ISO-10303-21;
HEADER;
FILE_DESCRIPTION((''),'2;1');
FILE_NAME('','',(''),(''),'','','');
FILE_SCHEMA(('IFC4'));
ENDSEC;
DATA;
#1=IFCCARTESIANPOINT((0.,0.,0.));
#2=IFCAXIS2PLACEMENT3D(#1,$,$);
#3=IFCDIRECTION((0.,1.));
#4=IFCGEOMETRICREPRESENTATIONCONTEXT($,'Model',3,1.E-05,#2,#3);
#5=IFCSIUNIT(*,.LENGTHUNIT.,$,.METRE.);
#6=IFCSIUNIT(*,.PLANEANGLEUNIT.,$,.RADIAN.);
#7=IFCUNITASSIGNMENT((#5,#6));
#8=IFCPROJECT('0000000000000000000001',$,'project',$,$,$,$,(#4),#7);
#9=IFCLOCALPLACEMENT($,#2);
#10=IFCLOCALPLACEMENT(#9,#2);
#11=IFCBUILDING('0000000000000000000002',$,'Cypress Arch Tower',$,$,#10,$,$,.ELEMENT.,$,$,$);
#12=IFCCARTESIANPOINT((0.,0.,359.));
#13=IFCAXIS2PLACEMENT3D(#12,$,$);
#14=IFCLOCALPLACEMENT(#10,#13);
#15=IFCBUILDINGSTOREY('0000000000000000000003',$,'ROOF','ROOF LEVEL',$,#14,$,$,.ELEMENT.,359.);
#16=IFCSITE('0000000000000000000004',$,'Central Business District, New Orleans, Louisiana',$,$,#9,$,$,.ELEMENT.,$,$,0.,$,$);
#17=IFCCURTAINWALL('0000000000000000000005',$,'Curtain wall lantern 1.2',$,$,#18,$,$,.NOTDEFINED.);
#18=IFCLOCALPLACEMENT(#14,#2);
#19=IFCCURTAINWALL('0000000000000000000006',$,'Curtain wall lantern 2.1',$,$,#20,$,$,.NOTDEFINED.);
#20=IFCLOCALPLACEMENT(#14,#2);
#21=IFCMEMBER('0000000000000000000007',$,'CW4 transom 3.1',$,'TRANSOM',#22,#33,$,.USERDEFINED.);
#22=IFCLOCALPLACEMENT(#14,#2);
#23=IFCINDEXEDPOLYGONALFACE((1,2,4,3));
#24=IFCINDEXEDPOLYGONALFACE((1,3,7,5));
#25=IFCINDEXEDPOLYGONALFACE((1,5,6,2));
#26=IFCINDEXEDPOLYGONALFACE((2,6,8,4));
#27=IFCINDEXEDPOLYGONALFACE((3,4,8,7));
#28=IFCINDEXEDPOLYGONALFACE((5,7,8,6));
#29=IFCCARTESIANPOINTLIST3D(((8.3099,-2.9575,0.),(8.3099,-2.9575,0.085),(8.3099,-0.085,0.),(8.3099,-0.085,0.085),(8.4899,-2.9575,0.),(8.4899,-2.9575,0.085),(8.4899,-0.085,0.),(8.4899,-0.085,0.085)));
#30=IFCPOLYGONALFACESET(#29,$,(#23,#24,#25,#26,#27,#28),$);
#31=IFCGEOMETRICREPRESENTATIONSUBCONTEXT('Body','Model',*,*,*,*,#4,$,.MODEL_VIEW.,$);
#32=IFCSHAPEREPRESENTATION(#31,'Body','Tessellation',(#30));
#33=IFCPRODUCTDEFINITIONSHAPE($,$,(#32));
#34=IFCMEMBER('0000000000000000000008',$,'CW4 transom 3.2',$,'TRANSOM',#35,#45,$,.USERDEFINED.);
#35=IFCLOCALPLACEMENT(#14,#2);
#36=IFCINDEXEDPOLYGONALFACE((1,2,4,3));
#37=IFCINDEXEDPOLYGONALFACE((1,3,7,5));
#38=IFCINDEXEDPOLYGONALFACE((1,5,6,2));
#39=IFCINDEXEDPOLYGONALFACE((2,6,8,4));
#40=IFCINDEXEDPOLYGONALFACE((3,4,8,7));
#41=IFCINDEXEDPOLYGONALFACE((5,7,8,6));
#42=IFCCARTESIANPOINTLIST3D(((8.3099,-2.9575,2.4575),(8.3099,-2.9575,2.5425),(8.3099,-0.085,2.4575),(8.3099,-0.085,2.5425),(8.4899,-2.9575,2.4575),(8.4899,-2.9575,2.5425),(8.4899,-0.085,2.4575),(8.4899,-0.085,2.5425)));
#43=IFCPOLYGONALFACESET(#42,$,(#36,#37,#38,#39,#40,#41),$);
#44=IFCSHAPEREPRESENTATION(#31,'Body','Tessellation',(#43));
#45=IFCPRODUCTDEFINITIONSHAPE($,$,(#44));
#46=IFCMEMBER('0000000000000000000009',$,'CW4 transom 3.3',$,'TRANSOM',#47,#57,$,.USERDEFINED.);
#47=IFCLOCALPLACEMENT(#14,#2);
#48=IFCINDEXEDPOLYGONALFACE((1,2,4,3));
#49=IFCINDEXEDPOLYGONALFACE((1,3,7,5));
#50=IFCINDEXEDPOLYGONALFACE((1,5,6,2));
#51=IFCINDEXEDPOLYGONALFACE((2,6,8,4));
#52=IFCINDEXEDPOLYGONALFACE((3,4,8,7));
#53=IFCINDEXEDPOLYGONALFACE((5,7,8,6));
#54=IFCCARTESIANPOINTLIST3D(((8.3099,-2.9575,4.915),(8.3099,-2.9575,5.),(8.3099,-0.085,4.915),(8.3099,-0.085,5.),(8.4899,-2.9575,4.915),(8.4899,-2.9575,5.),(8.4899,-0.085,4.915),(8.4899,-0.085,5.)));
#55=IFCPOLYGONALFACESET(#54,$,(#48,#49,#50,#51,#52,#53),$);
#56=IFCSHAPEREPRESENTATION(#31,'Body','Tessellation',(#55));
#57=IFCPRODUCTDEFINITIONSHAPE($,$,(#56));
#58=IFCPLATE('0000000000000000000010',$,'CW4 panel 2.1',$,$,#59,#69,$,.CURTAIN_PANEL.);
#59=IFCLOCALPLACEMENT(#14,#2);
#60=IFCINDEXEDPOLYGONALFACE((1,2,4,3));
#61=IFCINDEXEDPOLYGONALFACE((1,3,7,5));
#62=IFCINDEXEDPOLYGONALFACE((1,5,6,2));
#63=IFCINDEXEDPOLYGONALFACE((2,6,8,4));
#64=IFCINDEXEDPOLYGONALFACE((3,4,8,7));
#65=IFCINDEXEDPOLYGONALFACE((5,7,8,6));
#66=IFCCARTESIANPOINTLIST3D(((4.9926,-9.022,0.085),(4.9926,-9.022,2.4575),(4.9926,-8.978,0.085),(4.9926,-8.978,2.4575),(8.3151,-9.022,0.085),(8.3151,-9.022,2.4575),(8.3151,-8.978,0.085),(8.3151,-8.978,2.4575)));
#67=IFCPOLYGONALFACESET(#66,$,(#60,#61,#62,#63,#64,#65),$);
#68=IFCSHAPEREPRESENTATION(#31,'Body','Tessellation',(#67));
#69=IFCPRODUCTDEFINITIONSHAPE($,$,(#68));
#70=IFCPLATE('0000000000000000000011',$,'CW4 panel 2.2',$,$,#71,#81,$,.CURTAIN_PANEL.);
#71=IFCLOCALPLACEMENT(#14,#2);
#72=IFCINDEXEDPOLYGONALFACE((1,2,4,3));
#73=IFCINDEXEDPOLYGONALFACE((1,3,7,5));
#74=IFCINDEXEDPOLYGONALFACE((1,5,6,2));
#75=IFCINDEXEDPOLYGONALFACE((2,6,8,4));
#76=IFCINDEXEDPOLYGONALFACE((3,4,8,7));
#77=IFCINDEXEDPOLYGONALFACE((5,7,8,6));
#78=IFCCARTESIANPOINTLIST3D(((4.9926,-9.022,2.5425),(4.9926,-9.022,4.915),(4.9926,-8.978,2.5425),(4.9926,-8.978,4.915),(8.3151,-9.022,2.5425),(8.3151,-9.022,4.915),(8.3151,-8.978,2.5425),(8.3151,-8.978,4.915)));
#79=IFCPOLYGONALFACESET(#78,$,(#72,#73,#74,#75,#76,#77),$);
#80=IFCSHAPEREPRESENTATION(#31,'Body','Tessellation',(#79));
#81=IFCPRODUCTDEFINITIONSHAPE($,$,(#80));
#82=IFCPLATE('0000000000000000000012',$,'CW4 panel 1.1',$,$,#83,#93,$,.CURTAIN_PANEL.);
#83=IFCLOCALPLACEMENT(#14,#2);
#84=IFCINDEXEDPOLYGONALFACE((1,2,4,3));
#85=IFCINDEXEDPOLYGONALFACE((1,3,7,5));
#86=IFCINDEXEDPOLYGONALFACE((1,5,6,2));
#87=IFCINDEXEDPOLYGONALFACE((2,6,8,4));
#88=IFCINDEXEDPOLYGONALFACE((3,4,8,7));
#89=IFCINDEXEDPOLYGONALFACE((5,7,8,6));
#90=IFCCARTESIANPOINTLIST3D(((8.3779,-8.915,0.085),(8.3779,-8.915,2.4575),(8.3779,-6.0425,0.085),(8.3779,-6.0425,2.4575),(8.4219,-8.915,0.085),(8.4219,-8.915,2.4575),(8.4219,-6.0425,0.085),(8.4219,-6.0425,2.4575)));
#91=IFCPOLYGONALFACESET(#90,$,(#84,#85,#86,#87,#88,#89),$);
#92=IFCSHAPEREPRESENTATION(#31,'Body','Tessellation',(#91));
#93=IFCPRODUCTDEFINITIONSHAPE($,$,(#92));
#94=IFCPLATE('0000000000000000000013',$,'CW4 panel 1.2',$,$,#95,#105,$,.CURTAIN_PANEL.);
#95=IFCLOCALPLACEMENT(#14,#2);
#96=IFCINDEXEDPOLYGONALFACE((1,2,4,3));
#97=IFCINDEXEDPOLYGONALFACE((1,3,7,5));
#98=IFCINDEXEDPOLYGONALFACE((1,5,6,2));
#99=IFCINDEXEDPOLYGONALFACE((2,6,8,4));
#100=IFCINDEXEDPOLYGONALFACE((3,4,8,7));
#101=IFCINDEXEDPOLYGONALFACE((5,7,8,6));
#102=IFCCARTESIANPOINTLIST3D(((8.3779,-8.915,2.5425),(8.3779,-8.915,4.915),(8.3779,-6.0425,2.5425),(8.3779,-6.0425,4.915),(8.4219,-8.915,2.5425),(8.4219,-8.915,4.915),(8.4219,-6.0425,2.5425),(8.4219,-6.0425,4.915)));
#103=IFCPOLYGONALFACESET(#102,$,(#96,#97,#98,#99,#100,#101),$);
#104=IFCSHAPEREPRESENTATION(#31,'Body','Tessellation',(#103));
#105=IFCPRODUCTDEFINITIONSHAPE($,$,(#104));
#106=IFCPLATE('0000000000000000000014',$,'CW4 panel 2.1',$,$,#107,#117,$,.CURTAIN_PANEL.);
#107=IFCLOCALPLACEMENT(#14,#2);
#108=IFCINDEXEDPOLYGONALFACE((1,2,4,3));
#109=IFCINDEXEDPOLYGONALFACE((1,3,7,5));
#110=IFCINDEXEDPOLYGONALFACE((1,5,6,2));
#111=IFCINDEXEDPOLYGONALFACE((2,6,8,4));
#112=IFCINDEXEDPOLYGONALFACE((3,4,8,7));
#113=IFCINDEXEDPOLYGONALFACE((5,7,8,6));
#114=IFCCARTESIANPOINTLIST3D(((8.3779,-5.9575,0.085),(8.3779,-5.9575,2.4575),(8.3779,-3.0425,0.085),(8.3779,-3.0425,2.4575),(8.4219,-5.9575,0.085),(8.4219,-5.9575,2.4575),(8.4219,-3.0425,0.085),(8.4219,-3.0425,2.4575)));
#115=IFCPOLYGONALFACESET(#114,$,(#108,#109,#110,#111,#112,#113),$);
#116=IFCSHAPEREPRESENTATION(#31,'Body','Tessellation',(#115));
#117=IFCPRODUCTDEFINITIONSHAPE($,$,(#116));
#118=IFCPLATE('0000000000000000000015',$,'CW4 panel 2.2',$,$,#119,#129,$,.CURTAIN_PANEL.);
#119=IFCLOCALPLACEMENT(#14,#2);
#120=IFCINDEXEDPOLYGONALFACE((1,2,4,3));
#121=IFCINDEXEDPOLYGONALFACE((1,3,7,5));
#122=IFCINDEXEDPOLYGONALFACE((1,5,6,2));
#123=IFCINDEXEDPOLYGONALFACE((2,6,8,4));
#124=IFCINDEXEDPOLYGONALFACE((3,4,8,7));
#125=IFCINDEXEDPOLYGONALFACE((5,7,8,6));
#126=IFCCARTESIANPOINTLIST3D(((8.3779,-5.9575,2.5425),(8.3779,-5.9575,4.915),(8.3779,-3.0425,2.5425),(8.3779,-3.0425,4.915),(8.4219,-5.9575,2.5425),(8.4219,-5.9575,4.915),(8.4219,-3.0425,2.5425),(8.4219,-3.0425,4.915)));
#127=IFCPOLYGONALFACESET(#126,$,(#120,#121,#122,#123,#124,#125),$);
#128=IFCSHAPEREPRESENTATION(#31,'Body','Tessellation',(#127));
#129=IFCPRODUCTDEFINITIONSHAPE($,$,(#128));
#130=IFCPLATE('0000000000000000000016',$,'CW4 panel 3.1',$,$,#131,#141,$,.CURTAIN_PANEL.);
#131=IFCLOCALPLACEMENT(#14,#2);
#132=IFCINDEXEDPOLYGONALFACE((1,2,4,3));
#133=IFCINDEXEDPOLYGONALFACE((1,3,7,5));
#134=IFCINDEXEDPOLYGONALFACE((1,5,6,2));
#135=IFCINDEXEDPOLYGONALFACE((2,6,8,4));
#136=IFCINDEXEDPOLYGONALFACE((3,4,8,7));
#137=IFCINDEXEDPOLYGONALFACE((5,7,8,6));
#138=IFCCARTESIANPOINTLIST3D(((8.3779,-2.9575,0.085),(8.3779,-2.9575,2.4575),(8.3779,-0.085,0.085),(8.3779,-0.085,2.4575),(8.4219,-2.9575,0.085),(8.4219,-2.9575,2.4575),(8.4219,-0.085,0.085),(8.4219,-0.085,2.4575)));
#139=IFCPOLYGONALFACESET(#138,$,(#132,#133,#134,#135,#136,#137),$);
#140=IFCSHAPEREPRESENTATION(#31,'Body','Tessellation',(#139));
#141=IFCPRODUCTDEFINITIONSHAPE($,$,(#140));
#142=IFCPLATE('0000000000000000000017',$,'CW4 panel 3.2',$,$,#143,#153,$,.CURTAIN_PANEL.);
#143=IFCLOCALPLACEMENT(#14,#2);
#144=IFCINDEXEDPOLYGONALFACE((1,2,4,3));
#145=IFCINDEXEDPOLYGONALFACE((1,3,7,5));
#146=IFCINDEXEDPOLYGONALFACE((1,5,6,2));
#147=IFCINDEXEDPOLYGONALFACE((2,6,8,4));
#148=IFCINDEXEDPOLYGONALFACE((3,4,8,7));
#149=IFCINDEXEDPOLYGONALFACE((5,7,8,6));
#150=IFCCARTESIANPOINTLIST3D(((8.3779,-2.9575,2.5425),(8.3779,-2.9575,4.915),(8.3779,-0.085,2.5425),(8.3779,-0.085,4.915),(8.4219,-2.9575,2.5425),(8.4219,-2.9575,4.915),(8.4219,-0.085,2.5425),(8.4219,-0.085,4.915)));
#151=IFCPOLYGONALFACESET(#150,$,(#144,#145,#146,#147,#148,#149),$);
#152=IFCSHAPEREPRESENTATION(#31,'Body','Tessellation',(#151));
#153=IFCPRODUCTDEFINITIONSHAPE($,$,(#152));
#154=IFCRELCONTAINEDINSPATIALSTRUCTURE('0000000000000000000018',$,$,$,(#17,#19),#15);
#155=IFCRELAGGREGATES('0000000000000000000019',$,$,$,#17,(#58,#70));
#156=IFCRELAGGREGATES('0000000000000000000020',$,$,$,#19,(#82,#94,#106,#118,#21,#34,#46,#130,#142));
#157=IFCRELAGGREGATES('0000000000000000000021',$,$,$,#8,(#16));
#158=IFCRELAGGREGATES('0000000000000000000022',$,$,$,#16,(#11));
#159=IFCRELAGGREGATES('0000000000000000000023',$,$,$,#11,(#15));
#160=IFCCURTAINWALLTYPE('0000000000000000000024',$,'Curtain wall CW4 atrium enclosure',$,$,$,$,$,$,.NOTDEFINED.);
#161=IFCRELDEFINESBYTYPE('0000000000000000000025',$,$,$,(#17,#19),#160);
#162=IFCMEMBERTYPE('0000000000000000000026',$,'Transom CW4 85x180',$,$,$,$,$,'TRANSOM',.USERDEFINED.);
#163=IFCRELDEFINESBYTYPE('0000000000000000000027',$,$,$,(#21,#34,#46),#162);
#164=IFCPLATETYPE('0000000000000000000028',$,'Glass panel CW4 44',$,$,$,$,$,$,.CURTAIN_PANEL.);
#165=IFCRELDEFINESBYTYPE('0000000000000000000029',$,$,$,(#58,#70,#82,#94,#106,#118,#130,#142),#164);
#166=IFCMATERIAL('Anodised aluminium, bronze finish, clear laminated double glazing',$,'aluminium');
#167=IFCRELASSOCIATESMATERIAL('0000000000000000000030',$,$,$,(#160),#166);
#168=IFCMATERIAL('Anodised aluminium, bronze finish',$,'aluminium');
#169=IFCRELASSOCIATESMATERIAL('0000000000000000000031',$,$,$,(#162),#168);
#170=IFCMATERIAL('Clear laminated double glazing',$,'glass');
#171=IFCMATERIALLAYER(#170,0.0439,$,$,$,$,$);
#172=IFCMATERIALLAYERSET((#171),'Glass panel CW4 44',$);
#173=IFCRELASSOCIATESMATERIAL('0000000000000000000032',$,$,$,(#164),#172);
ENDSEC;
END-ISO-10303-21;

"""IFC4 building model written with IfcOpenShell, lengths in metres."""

from ifc_helpers import new_model, si_unit, direction, frame, origin, origin_2d, place, context, subcontext, project, spatial, rectangle, extrude, material, layer, layer_set, material_profile, profile_set, type_object, element, aggregate, save


model = new_model("IFC4")

# Units and contexts
model_context = context("Model", 3, precision=1e-05, world=origin(), true_north=direction((0.0, 1.0)))
body_context = subcontext(model_context, "Body", "Model", "MODEL_VIEW")
ifc_project = project(units=[si_unit("LENGTHUNIT", "METRE"), si_unit("PLANEANGLEUNIT", "RADIAN")], contexts=[model_context])

# Site, building, storey
site_placement = place(None, origin())
site = spatial("IfcSite", under=ifc_project, at=site_placement, Name="Central Business District, New Orleans, Louisiana", CompositionType="ELEMENT", RefElevation=0.0)
building_placement = place(site_placement, origin())
building = spatial("IfcBuilding", under=site, at=building_placement, Name="Cypress Arch Tower", CompositionType="ELEMENT")
storey_placement = place(building_placement, frame((0.0, 0.0, 359.0)))
storey = spatial("IfcBuildingStorey", under=building, at=storey_placement, Name="ROOF", Description="ROOF LEVEL", CompositionType="ELEMENT", Elevation=359.0)

# Curtain walls
ifc_material_1 = material(Name="Anodised aluminium, bronze finish, clear laminated double glazing", Category="aluminium")
curtain_wall_type = type_object("IfcCurtainWallType", Name="Curtain wall CW4 atrium enclosure", PredefinedType="NOTDEFINED", material=ifc_material_1)
curtain_wall_1_placement = place(storey_placement, origin())
curtain_wall_1 = element("IfcCurtainWall", 1, at=curtain_wall_1_placement, inside=storey, type_object=curtain_wall_type, Name="Curtain wall lantern 1.2", PredefinedType="NOTDEFINED")
curtain_wall_2_placement = place(storey_placement, origin())
curtain_wall_2 = element("IfcCurtainWall", 2, at=curtain_wall_2_placement, inside=storey, type_object=curtain_wall_type, Name="Curtain wall lantern 2.1", PredefinedType="NOTDEFINED")

# Members
ifc_material_2 = material(Name="Anodised aluminium, bronze finish", Category="aluminium")
ifc_material_profile_1 = material_profile(ifc_material_2, rectangle(XDim=0.1799, YDim=0.085, at=origin_2d()), Name="Transom 85x180")
ifc_profile_set_1 = profile_set([ifc_material_profile_1], Name="Anodised aluminium, bronze finish")
member_type_1 = type_object("IfcMemberType", Name="Transom CW4 85x180", ElementType="TRANSOM", PredefinedType="USERDEFINED", material=ifc_profile_set_1)
member_1_placement = place(storey_placement, frame((8.3999, -2.9575, 0.0425), z_axis=(0.0, 1.0, 0.0), x_axis=(-1.0, 0.0, 0.0)))
member_1 = element("IfcMember", 3, at=member_1_placement, type_object=member_type_1, Name="CW4 transom 3.1", ObjectType="TRANSOM", PredefinedType="USERDEFINED", context=body_context, shape_type="SweptSolid", body=[
    extrude(rectangle(XDim=0.1799, YDim=0.085, at=origin_2d()), origin(), (0.0, 0.0, 1.0), 2.8726),
])
member_2_placement = place(storey_placement, frame((8.3999, -2.9575, 2.5), z_axis=(0.0, 1.0, 0.0), x_axis=(-1.0, 0.0, 0.0)))
member_2 = element("IfcMember", 4, at=member_2_placement, type_object=member_type_1, Name="CW4 transom 3.2", ObjectType="TRANSOM", PredefinedType="USERDEFINED", context=body_context, shape_type="SweptSolid", body=[
    extrude(rectangle(XDim=0.1799, YDim=0.085, at=origin_2d()), origin(), (0.0, 0.0, 1.0), 2.8726),
])
member_3_placement = place(storey_placement, frame((8.3999, -2.9575, 4.9575), z_axis=(0.0, 1.0, 0.0), x_axis=(-1.0, 0.0, 0.0)))
member_3 = element("IfcMember", 5, at=member_3_placement, type_object=member_type_1, Name="CW4 transom 3.3", ObjectType="TRANSOM", PredefinedType="USERDEFINED", context=body_context, shape_type="SweptSolid", body=[
    extrude(rectangle(XDim=0.1799, YDim=0.085, at=origin_2d()), origin(), (0.0, 0.0, 1.0), 2.8726),
])

# Plates
ifc_material_3 = material(Name="Clear laminated double glazing", Category="glass")
ifc_layer = layer(ifc_material_3, 0.0439)
ifc_layer_set = layer_set([ifc_layer], Name="Glass panel CW4 44")
plate_type = type_object("IfcPlateType", Name="Glass panel CW4 44", PredefinedType="CURTAIN_PANEL", material=ifc_layer_set)
plate_1_placement = place(storey_placement, frame((6.6538, -9.0, 0.085), z_axis=(0.0, 0.0, 1.0), x_axis=(1.0, 0.0, 0.0)))
plate_1 = element("IfcPlate", 6, at=plate_1_placement, type_object=plate_type, Name="CW4 panel 2.1", PredefinedType="CURTAIN_PANEL", context=body_context, shape_type="SweptSolid", body=[
    extrude(rectangle(XDim=3.3225, YDim=0.0439, at=origin_2d()), origin(), (0.0, 0.0, 1.0), 2.3726),
])
plate_2_placement = place(storey_placement, frame((6.6538, -9.0, 2.5425), z_axis=(0.0, 0.0, 1.0), x_axis=(1.0, 0.0, 0.0)))
plate_2 = element("IfcPlate", 7, at=plate_2_placement, type_object=plate_type, Name="CW4 panel 2.2", PredefinedType="CURTAIN_PANEL", context=body_context, shape_type="SweptSolid", body=[
    extrude(rectangle(XDim=3.3225, YDim=0.0439, at=origin_2d()), origin(), (0.0, 0.0, 1.0), 2.3726),
])
aggregate(curtain_wall_1, [plate_1, plate_2])
plate_3_placement = place(storey_placement, frame((8.3999, -7.4788, 0.085), z_axis=(0.0, 0.0, 1.0), x_axis=(0.0, 1.0, 0.0)))
plate_3 = element("IfcPlate", 8, at=plate_3_placement, type_object=plate_type, Name="CW4 panel 1.1", PredefinedType="CURTAIN_PANEL", context=body_context, shape_type="SweptSolid", body=[
    extrude(rectangle(XDim=2.8726, YDim=0.0439, at=origin_2d()), origin(), (0.0, 0.0, 1.0), 2.3726),
])
plate_4_placement = place(storey_placement, frame((8.3999, -7.4788, 2.5425), z_axis=(0.0, 0.0, 1.0), x_axis=(0.0, 1.0, 0.0)))
plate_4 = element("IfcPlate", 9, at=plate_4_placement, type_object=plate_type, Name="CW4 panel 1.2", PredefinedType="CURTAIN_PANEL", context=body_context, shape_type="SweptSolid", body=[
    extrude(rectangle(XDim=2.8726, YDim=0.0439, at=origin_2d()), origin(), (0.0, 0.0, 1.0), 2.3726),
])
plate_5_placement = place(storey_placement, frame((8.3999, -4.5, 0.085), z_axis=(0.0, 0.0, 1.0), x_axis=(0.0, 1.0, 0.0)))
plate_5 = element("IfcPlate", 10, at=plate_5_placement, type_object=plate_type, Name="CW4 panel 2.1", PredefinedType="CURTAIN_PANEL", context=body_context, shape_type="SweptSolid", body=[
    extrude(rectangle(XDim=2.915, YDim=0.0439, at=origin_2d()), origin(), (0.0, 0.0, 1.0), 2.3726),
])
plate_6_placement = place(storey_placement, frame((8.3999, -4.5, 2.5425), z_axis=(0.0, 0.0, 1.0), x_axis=(0.0, 1.0, 0.0)))
plate_6 = element("IfcPlate", 11, at=plate_6_placement, type_object=plate_type, Name="CW4 panel 2.2", PredefinedType="CURTAIN_PANEL", context=body_context, shape_type="SweptSolid", body=[
    extrude(rectangle(XDim=2.915, YDim=0.0439, at=origin_2d()), origin(), (0.0, 0.0, 1.0), 2.3726),
])
plate_7_placement = place(storey_placement, frame((8.3999, -1.5212, 0.085), z_axis=(0.0, 0.0, 1.0), x_axis=(0.0, 1.0, 0.0)))
plate_7 = element("IfcPlate", 12, at=plate_7_placement, type_object=plate_type, Name="CW4 panel 3.1", PredefinedType="CURTAIN_PANEL", context=body_context, shape_type="SweptSolid", body=[
    extrude(rectangle(XDim=2.8726, YDim=0.0439, at=origin_2d()), origin(), (0.0, 0.0, 1.0), 2.3726),
])
plate_8_placement = place(storey_placement, frame((8.3999, -1.5212, 2.5425), z_axis=(0.0, 0.0, 1.0), x_axis=(0.0, 1.0, 0.0)))
plate_8 = element("IfcPlate", 13, at=plate_8_placement, type_object=plate_type, Name="CW4 panel 3.2", PredefinedType="CURTAIN_PANEL", context=body_context, shape_type="SweptSolid", body=[
    extrude(rectangle(XDim=2.8726, YDim=0.0439, at=origin_2d()), origin(), (0.0, 0.0, 1.0), 2.3726),
])
aggregate(curtain_wall_2, [plate_3, plate_4, plate_5, plate_6, member_1, member_2, member_3, plate_7, plate_8])

save(model, "model.ifc")
